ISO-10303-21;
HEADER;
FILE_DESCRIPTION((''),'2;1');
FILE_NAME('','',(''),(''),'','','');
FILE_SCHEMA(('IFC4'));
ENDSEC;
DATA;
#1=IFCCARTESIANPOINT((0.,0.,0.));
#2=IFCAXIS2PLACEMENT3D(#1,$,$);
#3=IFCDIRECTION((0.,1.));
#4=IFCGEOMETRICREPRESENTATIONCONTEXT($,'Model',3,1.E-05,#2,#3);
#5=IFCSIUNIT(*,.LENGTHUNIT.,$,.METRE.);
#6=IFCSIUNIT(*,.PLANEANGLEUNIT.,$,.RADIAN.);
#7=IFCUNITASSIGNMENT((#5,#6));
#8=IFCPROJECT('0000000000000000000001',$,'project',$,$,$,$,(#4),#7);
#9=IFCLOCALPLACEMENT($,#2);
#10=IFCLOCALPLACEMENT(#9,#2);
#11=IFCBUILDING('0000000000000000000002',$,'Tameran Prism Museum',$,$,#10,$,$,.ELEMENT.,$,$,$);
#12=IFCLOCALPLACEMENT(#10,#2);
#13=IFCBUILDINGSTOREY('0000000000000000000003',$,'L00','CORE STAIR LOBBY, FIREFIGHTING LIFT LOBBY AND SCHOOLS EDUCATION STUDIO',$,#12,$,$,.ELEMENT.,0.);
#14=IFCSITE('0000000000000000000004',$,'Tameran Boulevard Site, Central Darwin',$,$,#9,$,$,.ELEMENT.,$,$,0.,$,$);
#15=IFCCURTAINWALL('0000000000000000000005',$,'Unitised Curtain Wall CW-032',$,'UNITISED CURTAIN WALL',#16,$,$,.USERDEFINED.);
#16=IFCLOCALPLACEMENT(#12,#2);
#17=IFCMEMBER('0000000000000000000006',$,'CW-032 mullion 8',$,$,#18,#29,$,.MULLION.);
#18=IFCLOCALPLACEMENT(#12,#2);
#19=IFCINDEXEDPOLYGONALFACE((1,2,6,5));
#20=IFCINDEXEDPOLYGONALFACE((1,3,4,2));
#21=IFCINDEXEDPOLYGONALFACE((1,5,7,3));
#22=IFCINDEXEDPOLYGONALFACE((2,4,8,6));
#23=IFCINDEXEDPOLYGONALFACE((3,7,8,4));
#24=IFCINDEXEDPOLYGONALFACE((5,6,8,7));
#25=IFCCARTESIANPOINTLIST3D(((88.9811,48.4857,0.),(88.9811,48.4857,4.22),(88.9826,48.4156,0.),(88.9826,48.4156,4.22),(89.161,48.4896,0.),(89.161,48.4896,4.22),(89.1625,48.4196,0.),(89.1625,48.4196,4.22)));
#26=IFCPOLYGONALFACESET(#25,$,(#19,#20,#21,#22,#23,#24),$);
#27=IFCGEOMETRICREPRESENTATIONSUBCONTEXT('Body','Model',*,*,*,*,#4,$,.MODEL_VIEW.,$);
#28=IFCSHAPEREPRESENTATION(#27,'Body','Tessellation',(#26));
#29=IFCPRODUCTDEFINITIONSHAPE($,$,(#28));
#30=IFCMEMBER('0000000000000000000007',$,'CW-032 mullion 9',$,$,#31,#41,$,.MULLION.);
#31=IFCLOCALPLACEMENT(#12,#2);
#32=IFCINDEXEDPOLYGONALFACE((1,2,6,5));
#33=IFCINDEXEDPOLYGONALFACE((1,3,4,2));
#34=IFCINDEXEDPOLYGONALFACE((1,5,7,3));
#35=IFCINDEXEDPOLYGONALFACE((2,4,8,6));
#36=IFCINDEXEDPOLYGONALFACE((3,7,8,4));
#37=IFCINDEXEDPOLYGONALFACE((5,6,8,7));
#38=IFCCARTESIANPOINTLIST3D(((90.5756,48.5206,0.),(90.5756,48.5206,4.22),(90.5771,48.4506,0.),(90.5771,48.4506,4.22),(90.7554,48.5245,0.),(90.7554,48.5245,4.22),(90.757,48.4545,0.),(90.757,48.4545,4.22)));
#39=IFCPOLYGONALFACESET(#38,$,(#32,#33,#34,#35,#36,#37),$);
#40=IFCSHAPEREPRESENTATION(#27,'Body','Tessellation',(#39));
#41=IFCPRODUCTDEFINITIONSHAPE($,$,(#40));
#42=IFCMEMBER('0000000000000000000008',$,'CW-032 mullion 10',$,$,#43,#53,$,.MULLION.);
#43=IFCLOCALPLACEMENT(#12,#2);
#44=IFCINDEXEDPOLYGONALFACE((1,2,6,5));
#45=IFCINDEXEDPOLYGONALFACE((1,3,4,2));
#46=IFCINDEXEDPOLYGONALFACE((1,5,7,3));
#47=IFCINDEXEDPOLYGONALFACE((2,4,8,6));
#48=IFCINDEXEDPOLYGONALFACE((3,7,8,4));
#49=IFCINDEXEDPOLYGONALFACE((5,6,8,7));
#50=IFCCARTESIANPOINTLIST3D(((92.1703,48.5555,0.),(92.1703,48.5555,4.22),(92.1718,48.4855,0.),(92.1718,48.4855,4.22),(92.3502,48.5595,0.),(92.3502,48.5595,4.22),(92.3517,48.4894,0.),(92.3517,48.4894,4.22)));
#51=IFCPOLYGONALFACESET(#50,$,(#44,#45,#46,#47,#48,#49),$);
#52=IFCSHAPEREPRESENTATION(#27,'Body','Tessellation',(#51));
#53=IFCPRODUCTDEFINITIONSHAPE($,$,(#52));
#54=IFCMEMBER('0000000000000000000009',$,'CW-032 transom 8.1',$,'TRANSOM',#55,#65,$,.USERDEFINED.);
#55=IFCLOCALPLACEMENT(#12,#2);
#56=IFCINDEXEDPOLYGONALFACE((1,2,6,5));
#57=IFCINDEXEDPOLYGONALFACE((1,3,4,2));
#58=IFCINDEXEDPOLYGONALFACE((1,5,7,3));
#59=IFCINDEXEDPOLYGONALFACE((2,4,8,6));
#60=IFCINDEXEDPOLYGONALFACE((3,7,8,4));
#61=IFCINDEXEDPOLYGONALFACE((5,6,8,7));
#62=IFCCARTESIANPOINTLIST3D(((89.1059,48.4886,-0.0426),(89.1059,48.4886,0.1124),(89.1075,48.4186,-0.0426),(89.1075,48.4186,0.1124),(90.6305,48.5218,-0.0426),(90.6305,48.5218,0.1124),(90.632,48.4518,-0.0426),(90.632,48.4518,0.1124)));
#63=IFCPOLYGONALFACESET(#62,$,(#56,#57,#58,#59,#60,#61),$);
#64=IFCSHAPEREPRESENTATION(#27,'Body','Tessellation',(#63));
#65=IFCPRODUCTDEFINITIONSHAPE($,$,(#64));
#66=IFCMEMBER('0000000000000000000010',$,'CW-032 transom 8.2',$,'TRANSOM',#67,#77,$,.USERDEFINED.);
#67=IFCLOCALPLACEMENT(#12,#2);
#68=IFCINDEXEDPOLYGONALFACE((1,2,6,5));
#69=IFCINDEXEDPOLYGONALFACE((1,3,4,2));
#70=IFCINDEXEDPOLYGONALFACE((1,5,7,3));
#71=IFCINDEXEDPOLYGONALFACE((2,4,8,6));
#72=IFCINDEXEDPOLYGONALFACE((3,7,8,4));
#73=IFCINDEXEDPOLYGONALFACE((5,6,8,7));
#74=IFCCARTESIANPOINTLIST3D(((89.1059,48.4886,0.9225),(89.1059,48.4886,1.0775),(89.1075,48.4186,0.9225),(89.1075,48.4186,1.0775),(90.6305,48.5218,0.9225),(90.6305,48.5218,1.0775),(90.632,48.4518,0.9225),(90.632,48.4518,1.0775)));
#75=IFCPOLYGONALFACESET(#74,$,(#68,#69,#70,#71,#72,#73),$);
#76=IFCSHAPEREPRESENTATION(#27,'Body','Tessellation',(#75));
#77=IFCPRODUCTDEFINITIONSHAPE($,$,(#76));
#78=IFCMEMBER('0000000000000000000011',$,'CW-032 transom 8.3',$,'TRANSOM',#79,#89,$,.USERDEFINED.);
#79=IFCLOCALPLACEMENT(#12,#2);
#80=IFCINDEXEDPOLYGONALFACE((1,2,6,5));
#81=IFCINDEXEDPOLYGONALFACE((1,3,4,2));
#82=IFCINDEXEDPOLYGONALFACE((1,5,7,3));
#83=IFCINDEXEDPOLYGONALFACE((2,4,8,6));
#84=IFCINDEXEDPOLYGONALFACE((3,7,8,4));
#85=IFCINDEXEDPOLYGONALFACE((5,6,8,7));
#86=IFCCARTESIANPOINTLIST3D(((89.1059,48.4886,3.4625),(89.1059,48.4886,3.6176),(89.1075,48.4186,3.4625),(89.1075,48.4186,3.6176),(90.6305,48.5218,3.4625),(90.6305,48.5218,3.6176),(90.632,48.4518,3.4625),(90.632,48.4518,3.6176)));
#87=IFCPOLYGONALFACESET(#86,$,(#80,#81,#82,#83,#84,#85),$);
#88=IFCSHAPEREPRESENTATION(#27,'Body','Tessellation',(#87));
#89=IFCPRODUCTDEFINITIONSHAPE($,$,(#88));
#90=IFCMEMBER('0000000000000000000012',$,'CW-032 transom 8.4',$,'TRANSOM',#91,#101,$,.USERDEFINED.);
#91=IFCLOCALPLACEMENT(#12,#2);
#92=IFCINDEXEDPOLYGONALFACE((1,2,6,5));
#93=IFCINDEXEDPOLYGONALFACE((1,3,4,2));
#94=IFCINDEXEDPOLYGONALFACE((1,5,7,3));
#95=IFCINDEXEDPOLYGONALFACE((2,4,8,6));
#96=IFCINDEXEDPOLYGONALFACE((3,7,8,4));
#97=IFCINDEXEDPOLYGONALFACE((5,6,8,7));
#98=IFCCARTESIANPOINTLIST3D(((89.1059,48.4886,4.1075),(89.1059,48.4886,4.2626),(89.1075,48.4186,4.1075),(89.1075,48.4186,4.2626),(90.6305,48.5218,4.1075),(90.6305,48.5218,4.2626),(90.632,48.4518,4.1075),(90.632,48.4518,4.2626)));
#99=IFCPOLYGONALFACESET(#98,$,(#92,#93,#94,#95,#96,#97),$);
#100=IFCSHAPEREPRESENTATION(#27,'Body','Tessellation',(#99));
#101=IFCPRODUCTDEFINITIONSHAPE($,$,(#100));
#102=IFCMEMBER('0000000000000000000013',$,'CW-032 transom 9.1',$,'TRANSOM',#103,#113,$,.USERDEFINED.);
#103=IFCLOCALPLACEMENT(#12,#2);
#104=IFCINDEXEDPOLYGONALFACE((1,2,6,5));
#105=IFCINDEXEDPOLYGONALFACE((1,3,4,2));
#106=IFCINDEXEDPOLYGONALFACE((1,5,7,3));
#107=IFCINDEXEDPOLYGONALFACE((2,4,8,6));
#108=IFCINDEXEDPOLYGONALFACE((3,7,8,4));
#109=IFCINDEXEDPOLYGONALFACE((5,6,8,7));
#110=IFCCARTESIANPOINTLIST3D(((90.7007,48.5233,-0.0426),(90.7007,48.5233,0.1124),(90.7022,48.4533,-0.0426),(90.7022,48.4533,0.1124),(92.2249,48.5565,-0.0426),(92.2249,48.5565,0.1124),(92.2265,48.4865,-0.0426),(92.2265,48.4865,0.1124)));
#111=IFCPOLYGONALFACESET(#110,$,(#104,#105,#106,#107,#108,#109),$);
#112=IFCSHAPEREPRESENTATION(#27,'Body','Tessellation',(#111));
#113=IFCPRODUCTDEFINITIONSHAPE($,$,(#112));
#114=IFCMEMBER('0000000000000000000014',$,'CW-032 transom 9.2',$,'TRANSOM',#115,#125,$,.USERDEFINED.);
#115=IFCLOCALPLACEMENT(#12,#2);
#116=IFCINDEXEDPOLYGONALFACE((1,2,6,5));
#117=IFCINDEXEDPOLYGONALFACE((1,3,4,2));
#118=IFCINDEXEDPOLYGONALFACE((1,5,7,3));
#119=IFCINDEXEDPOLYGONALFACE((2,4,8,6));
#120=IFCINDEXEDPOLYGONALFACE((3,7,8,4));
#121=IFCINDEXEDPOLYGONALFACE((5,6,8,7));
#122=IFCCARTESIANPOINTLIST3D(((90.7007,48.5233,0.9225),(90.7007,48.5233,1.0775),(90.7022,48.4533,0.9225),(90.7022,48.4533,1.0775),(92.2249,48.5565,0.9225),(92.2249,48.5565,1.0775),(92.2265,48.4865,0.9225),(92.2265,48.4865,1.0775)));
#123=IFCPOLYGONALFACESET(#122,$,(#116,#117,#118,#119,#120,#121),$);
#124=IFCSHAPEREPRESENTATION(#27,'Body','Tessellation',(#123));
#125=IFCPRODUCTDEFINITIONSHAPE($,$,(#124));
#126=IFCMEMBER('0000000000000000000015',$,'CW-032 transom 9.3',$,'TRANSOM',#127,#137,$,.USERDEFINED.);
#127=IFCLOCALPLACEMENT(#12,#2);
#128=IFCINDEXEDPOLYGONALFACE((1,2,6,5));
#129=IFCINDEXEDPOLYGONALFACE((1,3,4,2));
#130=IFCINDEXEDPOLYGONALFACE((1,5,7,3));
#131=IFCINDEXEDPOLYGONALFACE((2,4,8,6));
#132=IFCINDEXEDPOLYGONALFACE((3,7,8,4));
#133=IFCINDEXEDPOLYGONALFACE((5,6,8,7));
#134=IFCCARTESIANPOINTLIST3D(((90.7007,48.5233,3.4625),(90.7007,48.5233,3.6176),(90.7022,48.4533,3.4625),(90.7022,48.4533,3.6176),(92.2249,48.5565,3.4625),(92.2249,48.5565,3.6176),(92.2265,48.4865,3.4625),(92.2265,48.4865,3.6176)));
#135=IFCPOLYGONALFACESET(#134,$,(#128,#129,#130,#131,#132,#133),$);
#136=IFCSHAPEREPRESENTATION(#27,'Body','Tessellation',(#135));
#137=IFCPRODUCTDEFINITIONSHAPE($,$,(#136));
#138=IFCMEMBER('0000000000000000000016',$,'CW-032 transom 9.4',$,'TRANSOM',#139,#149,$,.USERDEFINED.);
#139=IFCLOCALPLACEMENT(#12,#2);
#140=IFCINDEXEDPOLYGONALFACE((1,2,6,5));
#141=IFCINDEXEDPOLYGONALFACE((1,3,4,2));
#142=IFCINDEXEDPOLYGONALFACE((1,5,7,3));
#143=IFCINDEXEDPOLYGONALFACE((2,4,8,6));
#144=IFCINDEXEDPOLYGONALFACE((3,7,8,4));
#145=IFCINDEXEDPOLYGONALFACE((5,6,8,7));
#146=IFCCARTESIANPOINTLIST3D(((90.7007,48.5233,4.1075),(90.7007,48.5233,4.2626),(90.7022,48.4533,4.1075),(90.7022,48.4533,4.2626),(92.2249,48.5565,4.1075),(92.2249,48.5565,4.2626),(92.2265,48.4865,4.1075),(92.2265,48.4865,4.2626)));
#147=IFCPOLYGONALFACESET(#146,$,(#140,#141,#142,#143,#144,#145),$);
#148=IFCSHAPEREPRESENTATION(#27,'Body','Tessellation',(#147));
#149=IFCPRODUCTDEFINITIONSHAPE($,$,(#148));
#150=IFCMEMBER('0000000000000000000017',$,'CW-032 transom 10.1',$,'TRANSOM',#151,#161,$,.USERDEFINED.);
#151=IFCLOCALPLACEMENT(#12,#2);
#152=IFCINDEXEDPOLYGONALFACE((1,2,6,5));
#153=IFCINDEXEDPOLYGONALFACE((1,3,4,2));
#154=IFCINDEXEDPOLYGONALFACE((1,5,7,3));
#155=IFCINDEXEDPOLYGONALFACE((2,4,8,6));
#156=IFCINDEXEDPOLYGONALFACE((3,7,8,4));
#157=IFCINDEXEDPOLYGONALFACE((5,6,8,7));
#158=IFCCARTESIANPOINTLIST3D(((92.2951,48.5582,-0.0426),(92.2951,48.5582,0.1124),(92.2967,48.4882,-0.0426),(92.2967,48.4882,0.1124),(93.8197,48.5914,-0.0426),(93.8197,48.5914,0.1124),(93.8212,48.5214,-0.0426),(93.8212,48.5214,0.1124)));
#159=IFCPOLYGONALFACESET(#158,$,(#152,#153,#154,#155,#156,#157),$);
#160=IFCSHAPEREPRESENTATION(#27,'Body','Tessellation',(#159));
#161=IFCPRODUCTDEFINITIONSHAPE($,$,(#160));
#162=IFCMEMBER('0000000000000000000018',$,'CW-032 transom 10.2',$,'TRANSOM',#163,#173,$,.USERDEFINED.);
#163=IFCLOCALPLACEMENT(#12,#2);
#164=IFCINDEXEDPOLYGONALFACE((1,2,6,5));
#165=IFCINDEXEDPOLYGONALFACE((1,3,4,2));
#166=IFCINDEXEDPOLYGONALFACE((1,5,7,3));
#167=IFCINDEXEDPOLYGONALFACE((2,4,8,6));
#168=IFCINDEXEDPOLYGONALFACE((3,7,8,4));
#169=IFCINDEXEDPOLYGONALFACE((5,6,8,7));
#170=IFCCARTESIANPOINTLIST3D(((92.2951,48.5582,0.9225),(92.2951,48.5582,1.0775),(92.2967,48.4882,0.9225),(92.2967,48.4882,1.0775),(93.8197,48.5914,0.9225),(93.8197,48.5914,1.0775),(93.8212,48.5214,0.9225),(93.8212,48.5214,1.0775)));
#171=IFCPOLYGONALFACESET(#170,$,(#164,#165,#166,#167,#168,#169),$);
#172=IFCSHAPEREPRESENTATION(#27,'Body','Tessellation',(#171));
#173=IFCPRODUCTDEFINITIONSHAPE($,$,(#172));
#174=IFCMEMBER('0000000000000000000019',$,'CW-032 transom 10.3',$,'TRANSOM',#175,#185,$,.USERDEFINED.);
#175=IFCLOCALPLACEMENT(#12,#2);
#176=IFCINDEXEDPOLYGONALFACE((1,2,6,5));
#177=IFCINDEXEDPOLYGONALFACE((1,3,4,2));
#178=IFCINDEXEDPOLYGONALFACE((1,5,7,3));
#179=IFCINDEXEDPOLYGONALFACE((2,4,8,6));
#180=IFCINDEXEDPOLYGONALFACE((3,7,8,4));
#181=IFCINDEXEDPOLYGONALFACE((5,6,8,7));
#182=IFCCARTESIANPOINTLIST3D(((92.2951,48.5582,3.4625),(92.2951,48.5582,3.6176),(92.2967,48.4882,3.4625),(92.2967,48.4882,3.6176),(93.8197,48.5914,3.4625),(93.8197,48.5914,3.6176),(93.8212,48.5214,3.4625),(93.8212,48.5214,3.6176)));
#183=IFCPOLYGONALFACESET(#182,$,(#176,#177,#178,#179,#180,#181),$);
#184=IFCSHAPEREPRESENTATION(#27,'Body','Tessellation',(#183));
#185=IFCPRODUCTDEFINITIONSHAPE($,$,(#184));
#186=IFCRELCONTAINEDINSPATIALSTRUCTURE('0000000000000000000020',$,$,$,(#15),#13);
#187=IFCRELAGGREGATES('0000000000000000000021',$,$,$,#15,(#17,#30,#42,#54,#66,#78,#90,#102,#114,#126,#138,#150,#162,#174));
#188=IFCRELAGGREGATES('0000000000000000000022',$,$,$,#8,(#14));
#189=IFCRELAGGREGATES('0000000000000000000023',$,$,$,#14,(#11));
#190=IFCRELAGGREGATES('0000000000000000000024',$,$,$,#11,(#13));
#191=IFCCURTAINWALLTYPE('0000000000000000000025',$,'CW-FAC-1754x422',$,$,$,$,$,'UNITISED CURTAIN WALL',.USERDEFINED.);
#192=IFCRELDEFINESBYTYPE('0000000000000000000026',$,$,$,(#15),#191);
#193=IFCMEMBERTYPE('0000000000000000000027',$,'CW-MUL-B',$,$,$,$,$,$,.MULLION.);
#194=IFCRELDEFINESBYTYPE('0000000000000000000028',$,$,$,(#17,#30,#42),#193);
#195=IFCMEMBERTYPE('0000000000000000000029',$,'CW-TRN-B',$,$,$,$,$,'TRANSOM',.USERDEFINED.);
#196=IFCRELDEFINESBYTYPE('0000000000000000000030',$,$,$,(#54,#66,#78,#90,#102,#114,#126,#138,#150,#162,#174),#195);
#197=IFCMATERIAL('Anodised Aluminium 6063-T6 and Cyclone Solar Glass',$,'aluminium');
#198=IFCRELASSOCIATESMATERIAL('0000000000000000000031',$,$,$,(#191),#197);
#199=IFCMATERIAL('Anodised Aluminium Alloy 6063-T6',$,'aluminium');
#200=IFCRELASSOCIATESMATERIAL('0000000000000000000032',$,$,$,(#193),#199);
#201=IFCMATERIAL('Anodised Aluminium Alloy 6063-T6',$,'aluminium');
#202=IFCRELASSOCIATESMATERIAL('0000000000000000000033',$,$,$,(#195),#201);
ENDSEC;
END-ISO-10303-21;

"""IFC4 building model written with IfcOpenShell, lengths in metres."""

from ifc_helpers import new_model, si_unit, direction, frame, origin, origin_2d, place, context, subcontext, project, spatial, rectangle, extrude, material, material_profile, profile_set, type_object, element, aggregate, save


model = new_model("IFC4")

# Units and contexts
model_context = context("Model", 3, precision=1e-05, world=origin(), true_north=direction((0.0, 1.0)))
body_context = subcontext(model_context, "Body", "Model", "MODEL_VIEW")
ifc_project = project(units=[si_unit("LENGTHUNIT", "METRE"), si_unit("PLANEANGLEUNIT", "RADIAN")], contexts=[model_context])

# Site, building, storey
site_placement = place(None, origin())
site = spatial("IfcSite", under=ifc_project, at=site_placement, Name="Tameran Boulevard Site, Central Darwin", CompositionType="ELEMENT", RefElevation=0.0)
building_placement = place(site_placement, origin())
building = spatial("IfcBuilding", under=site, at=building_placement, Name="Tameran Prism Museum", CompositionType="ELEMENT")
storey_placement = place(building_placement, origin())
storey = spatial("IfcBuildingStorey", under=building, at=storey_placement, Name="L00", Description="CORE STAIR LOBBY, FIREFIGHTING LIFT LOBBY AND SCHOOLS EDUCATION STUDIO", CompositionType="ELEMENT", Elevation=0.0)

# Curtain wall, members
ifc_material_1 = material(Name="Anodised Aluminium 6063-T6 and Cyclone Solar Glass", Category="aluminium")
curtain_wall_type = type_object("IfcCurtainWallType", Name="CW-FAC-1754x422", ElementType="UNITISED CURTAIN WALL", PredefinedType="USERDEFINED", material=ifc_material_1)
curtain_wall_placement = place(storey_placement, origin())
curtain_wall = element("IfcCurtainWall", 1, at=curtain_wall_placement, inside=storey, type_object=curtain_wall_type, Name="Unitised Curtain Wall CW-032", ObjectType="UNITISED CURTAIN WALL", PredefinedType="USERDEFINED")
ifc_material_2 = material(Name="Anodised Aluminium Alloy 6063-T6", Category="aluminium")
ifc_material_profile_1 = material_profile(ifc_material_2, rectangle(XDim=0.0701, YDim=0.1799, at=origin_2d()))
ifc_profile_set_1 = profile_set([ifc_material_profile_1])
member_type_1 = type_object("IfcMemberType", Name="CW-MUL-B", PredefinedType="MULLION", material=ifc_profile_set_1)
member_1_placement = place(storey_placement, frame((89.0718, 48.4526, 0.0), z_axis=(0.0, 0.0, 1.0), x_axis=(-0.021831, 0.999762, 0.0)))
member_1 = element("IfcMember", 2, at=member_1_placement, type_object=member_type_1, Name="CW-032 mullion 8", PredefinedType="MULLION", context=body_context, shape_type="SweptSolid", body=[
    extrude(rectangle(XDim=0.0701, YDim=0.1799, at=origin_2d()), origin(), (0.0, 0.0, 1.0), 4.22),
])
member_2_placement = place(storey_placement, frame((90.6663, 48.4875, 0.0), z_axis=(0.0, 0.0, 1.0), x_axis=(-0.021831, 0.999762, 0.0)))
member_2 = element("IfcMember", 3, at=member_2_placement, type_object=member_type_1, Name="CW-032 mullion 9", PredefinedType="MULLION", context=body_context, shape_type="SweptSolid", body=[
    extrude(rectangle(XDim=0.0701, YDim=0.1799, at=origin_2d()), origin(), (0.0, 0.0, 1.0), 4.22),
])
member_3_placement = place(storey_placement, frame((92.261, 48.5225, 0.0), z_axis=(0.0, 0.0, 1.0), x_axis=(-0.021831, 0.999762, 0.0)))
member_3 = element("IfcMember", 4, at=member_3_placement, type_object=member_type_1, Name="CW-032 mullion 10", PredefinedType="MULLION", context=body_context, shape_type="SweptSolid", body=[
    extrude(rectangle(XDim=0.0701, YDim=0.1799, at=origin_2d()), origin(), (0.0, 0.0, 1.0), 4.22),
])
ifc_material_3 = material(Name="Anodised Aluminium Alloy 6063-T6", Category="aluminium")
ifc_material_profile_2 = material_profile(ifc_material_3, rectangle(XDim=0.0701, YDim=0.155, at=origin_2d()))
ifc_profile_set_2 = profile_set([ifc_material_profile_2])
member_type_2 = type_object("IfcMemberType", Name="CW-TRN-B", ElementType="TRANSOM", PredefinedType="USERDEFINED", material=ifc_profile_set_2)
member_4_placement = place(storey_placement, frame((89.1067, 48.4536, 0.0349), z_axis=(0.999763, 0.021772, 0.0), x_axis=(-0.021772, 0.999763, 0.0)))
member_4 = element("IfcMember", 5, at=member_4_placement, type_object=member_type_2, Name="CW-032 transom 8.1", ObjectType="TRANSOM", PredefinedType="USERDEFINED", context=body_context, shape_type="SweptSolid", body=[
    extrude(rectangle(XDim=0.0701, YDim=0.155, at=origin_2d()), origin(), (0.0, 0.0, 1.0), 1.5249),
])
member_5_placement = place(storey_placement, frame((89.1067, 48.4536, 1.0), z_axis=(0.999763, 0.021772, 0.0), x_axis=(-0.021772, 0.999763, 0.0)))
member_5 = element("IfcMember", 6, at=member_5_placement, type_object=member_type_2, Name="CW-032 transom 8.2", ObjectType="TRANSOM", PredefinedType="USERDEFINED", context=body_context, shape_type="SweptSolid", body=[
    extrude(rectangle(XDim=0.0701, YDim=0.155, at=origin_2d()), origin(), (0.0, 0.0, 1.0), 1.5249),
])
member_6_placement = place(storey_placement, frame((89.1067, 48.4536, 3.54), z_axis=(0.999763, 0.021772, 0.0), x_axis=(-0.021772, 0.999763, 0.0)))
member_6 = element("IfcMember", 7, at=member_6_placement, type_object=member_type_2, Name="CW-032 transom 8.3", ObjectType="TRANSOM", PredefinedType="USERDEFINED", context=body_context, shape_type="SweptSolid", body=[
    extrude(rectangle(XDim=0.0701, YDim=0.155, at=origin_2d()), origin(), (0.0, 0.0, 1.0), 1.5249),
])
member_7_placement = place(storey_placement, frame((89.1067, 48.4536, 4.1851), z_axis=(0.999763, 0.021772, 0.0), x_axis=(-0.021772, 0.999763, 0.0)))
member_7 = element("IfcMember", 8, at=member_7_placement, type_object=member_type_2, Name="CW-032 transom 8.4", ObjectType="TRANSOM", PredefinedType="USERDEFINED", context=body_context, shape_type="SweptSolid", body=[
    extrude(rectangle(XDim=0.0701, YDim=0.155, at=origin_2d()), origin(), (0.0, 0.0, 1.0), 1.5249),
])
member_8_placement = place(storey_placement, frame((90.7014, 48.4883, 0.0349), z_axis=(0.999763, 0.021776, 0.0), x_axis=(-0.021776, 0.999763, 0.0)))
member_8 = element("IfcMember", 9, at=member_8_placement, type_object=member_type_2, Name="CW-032 transom 9.1", ObjectType="TRANSOM", PredefinedType="USERDEFINED", context=body_context, shape_type="SweptSolid", body=[
    extrude(rectangle(XDim=0.0701, YDim=0.155, at=origin_2d()), origin(), (0.0, 0.0, 1.0), 1.5247),
])
member_9_placement = place(storey_placement, frame((90.7014, 48.4883, 1.0), z_axis=(0.999763, 0.021776, 0.0), x_axis=(-0.021776, 0.999763, 0.0)))
member_9 = element("IfcMember", 10, at=member_9_placement, type_object=member_type_2, Name="CW-032 transom 9.2", ObjectType="TRANSOM", PredefinedType="USERDEFINED", context=body_context, shape_type="SweptSolid", body=[
    extrude(rectangle(XDim=0.0701, YDim=0.155, at=origin_2d()), origin(), (0.0, 0.0, 1.0), 1.5247),
])
member_10_placement = place(storey_placement, frame((90.7014, 48.4883, 3.54), z_axis=(0.999763, 0.021776, 0.0), x_axis=(-0.021776, 0.999763, 0.0)))
member_10 = element("IfcMember", 11, at=member_10_placement, type_object=member_type_2, Name="CW-032 transom 9.3", ObjectType="TRANSOM", PredefinedType="USERDEFINED", context=body_context, shape_type="SweptSolid", body=[
    extrude(rectangle(XDim=0.0701, YDim=0.155, at=origin_2d()), origin(), (0.0, 0.0, 1.0), 1.5247),
])
member_11_placement = place(storey_placement, frame((90.7014, 48.4883, 4.1851), z_axis=(0.999763, 0.021776, 0.0), x_axis=(-0.021776, 0.999763, 0.0)))
member_11 = element("IfcMember", 12, at=member_11_placement, type_object=member_type_2, Name="CW-032 transom 9.4", ObjectType="TRANSOM", PredefinedType="USERDEFINED", context=body_context, shape_type="SweptSolid", body=[
    extrude(rectangle(XDim=0.0701, YDim=0.155, at=origin_2d()), origin(), (0.0, 0.0, 1.0), 1.5247),
])
member_12_placement = place(storey_placement, frame((92.2959, 48.5232, 0.0349), z_axis=(0.999763, 0.021772, 0.0), x_axis=(-0.021772, 0.999763, 0.0)))
member_12 = element("IfcMember", 13, at=member_12_placement, type_object=member_type_2, Name="CW-032 transom 10.1", ObjectType="TRANSOM", PredefinedType="USERDEFINED", context=body_context, shape_type="SweptSolid", body=[
    extrude(rectangle(XDim=0.0701, YDim=0.155, at=origin_2d()), origin(), (0.0, 0.0, 1.0), 1.5249),
])
member_13_placement = place(storey_placement, frame((92.2959, 48.5232, 1.0), z_axis=(0.999763, 0.021772, 0.0), x_axis=(-0.021772, 0.999763, 0.0)))
member_13 = element("IfcMember", 14, at=member_13_placement, type_object=member_type_2, Name="CW-032 transom 10.2", ObjectType="TRANSOM", PredefinedType="USERDEFINED", context=body_context, shape_type="SweptSolid", body=[
    extrude(rectangle(XDim=0.0701, YDim=0.155, at=origin_2d()), origin(), (0.0, 0.0, 1.0), 1.5249),
])
member_14_placement = place(storey_placement, frame((92.2959, 48.5232, 3.54), z_axis=(0.999763, 0.021772, 0.0), x_axis=(-0.021772, 0.999763, 0.0)))
member_14 = element("IfcMember", 15, at=member_14_placement, type_object=member_type_2, Name="CW-032 transom 10.3", ObjectType="TRANSOM", PredefinedType="USERDEFINED", context=body_context, shape_type="SweptSolid", body=[
    extrude(rectangle(XDim=0.0701, YDim=0.155, at=origin_2d()), origin(), (0.0, 0.0, 1.0), 1.5249),
])
aggregate(curtain_wall, [member_1, member_2, member_3, member_4, member_5, member_6, member_7, member_8, member_9, member_10, member_11, member_12, member_13, member_14])

save(model, "model.ifc")
